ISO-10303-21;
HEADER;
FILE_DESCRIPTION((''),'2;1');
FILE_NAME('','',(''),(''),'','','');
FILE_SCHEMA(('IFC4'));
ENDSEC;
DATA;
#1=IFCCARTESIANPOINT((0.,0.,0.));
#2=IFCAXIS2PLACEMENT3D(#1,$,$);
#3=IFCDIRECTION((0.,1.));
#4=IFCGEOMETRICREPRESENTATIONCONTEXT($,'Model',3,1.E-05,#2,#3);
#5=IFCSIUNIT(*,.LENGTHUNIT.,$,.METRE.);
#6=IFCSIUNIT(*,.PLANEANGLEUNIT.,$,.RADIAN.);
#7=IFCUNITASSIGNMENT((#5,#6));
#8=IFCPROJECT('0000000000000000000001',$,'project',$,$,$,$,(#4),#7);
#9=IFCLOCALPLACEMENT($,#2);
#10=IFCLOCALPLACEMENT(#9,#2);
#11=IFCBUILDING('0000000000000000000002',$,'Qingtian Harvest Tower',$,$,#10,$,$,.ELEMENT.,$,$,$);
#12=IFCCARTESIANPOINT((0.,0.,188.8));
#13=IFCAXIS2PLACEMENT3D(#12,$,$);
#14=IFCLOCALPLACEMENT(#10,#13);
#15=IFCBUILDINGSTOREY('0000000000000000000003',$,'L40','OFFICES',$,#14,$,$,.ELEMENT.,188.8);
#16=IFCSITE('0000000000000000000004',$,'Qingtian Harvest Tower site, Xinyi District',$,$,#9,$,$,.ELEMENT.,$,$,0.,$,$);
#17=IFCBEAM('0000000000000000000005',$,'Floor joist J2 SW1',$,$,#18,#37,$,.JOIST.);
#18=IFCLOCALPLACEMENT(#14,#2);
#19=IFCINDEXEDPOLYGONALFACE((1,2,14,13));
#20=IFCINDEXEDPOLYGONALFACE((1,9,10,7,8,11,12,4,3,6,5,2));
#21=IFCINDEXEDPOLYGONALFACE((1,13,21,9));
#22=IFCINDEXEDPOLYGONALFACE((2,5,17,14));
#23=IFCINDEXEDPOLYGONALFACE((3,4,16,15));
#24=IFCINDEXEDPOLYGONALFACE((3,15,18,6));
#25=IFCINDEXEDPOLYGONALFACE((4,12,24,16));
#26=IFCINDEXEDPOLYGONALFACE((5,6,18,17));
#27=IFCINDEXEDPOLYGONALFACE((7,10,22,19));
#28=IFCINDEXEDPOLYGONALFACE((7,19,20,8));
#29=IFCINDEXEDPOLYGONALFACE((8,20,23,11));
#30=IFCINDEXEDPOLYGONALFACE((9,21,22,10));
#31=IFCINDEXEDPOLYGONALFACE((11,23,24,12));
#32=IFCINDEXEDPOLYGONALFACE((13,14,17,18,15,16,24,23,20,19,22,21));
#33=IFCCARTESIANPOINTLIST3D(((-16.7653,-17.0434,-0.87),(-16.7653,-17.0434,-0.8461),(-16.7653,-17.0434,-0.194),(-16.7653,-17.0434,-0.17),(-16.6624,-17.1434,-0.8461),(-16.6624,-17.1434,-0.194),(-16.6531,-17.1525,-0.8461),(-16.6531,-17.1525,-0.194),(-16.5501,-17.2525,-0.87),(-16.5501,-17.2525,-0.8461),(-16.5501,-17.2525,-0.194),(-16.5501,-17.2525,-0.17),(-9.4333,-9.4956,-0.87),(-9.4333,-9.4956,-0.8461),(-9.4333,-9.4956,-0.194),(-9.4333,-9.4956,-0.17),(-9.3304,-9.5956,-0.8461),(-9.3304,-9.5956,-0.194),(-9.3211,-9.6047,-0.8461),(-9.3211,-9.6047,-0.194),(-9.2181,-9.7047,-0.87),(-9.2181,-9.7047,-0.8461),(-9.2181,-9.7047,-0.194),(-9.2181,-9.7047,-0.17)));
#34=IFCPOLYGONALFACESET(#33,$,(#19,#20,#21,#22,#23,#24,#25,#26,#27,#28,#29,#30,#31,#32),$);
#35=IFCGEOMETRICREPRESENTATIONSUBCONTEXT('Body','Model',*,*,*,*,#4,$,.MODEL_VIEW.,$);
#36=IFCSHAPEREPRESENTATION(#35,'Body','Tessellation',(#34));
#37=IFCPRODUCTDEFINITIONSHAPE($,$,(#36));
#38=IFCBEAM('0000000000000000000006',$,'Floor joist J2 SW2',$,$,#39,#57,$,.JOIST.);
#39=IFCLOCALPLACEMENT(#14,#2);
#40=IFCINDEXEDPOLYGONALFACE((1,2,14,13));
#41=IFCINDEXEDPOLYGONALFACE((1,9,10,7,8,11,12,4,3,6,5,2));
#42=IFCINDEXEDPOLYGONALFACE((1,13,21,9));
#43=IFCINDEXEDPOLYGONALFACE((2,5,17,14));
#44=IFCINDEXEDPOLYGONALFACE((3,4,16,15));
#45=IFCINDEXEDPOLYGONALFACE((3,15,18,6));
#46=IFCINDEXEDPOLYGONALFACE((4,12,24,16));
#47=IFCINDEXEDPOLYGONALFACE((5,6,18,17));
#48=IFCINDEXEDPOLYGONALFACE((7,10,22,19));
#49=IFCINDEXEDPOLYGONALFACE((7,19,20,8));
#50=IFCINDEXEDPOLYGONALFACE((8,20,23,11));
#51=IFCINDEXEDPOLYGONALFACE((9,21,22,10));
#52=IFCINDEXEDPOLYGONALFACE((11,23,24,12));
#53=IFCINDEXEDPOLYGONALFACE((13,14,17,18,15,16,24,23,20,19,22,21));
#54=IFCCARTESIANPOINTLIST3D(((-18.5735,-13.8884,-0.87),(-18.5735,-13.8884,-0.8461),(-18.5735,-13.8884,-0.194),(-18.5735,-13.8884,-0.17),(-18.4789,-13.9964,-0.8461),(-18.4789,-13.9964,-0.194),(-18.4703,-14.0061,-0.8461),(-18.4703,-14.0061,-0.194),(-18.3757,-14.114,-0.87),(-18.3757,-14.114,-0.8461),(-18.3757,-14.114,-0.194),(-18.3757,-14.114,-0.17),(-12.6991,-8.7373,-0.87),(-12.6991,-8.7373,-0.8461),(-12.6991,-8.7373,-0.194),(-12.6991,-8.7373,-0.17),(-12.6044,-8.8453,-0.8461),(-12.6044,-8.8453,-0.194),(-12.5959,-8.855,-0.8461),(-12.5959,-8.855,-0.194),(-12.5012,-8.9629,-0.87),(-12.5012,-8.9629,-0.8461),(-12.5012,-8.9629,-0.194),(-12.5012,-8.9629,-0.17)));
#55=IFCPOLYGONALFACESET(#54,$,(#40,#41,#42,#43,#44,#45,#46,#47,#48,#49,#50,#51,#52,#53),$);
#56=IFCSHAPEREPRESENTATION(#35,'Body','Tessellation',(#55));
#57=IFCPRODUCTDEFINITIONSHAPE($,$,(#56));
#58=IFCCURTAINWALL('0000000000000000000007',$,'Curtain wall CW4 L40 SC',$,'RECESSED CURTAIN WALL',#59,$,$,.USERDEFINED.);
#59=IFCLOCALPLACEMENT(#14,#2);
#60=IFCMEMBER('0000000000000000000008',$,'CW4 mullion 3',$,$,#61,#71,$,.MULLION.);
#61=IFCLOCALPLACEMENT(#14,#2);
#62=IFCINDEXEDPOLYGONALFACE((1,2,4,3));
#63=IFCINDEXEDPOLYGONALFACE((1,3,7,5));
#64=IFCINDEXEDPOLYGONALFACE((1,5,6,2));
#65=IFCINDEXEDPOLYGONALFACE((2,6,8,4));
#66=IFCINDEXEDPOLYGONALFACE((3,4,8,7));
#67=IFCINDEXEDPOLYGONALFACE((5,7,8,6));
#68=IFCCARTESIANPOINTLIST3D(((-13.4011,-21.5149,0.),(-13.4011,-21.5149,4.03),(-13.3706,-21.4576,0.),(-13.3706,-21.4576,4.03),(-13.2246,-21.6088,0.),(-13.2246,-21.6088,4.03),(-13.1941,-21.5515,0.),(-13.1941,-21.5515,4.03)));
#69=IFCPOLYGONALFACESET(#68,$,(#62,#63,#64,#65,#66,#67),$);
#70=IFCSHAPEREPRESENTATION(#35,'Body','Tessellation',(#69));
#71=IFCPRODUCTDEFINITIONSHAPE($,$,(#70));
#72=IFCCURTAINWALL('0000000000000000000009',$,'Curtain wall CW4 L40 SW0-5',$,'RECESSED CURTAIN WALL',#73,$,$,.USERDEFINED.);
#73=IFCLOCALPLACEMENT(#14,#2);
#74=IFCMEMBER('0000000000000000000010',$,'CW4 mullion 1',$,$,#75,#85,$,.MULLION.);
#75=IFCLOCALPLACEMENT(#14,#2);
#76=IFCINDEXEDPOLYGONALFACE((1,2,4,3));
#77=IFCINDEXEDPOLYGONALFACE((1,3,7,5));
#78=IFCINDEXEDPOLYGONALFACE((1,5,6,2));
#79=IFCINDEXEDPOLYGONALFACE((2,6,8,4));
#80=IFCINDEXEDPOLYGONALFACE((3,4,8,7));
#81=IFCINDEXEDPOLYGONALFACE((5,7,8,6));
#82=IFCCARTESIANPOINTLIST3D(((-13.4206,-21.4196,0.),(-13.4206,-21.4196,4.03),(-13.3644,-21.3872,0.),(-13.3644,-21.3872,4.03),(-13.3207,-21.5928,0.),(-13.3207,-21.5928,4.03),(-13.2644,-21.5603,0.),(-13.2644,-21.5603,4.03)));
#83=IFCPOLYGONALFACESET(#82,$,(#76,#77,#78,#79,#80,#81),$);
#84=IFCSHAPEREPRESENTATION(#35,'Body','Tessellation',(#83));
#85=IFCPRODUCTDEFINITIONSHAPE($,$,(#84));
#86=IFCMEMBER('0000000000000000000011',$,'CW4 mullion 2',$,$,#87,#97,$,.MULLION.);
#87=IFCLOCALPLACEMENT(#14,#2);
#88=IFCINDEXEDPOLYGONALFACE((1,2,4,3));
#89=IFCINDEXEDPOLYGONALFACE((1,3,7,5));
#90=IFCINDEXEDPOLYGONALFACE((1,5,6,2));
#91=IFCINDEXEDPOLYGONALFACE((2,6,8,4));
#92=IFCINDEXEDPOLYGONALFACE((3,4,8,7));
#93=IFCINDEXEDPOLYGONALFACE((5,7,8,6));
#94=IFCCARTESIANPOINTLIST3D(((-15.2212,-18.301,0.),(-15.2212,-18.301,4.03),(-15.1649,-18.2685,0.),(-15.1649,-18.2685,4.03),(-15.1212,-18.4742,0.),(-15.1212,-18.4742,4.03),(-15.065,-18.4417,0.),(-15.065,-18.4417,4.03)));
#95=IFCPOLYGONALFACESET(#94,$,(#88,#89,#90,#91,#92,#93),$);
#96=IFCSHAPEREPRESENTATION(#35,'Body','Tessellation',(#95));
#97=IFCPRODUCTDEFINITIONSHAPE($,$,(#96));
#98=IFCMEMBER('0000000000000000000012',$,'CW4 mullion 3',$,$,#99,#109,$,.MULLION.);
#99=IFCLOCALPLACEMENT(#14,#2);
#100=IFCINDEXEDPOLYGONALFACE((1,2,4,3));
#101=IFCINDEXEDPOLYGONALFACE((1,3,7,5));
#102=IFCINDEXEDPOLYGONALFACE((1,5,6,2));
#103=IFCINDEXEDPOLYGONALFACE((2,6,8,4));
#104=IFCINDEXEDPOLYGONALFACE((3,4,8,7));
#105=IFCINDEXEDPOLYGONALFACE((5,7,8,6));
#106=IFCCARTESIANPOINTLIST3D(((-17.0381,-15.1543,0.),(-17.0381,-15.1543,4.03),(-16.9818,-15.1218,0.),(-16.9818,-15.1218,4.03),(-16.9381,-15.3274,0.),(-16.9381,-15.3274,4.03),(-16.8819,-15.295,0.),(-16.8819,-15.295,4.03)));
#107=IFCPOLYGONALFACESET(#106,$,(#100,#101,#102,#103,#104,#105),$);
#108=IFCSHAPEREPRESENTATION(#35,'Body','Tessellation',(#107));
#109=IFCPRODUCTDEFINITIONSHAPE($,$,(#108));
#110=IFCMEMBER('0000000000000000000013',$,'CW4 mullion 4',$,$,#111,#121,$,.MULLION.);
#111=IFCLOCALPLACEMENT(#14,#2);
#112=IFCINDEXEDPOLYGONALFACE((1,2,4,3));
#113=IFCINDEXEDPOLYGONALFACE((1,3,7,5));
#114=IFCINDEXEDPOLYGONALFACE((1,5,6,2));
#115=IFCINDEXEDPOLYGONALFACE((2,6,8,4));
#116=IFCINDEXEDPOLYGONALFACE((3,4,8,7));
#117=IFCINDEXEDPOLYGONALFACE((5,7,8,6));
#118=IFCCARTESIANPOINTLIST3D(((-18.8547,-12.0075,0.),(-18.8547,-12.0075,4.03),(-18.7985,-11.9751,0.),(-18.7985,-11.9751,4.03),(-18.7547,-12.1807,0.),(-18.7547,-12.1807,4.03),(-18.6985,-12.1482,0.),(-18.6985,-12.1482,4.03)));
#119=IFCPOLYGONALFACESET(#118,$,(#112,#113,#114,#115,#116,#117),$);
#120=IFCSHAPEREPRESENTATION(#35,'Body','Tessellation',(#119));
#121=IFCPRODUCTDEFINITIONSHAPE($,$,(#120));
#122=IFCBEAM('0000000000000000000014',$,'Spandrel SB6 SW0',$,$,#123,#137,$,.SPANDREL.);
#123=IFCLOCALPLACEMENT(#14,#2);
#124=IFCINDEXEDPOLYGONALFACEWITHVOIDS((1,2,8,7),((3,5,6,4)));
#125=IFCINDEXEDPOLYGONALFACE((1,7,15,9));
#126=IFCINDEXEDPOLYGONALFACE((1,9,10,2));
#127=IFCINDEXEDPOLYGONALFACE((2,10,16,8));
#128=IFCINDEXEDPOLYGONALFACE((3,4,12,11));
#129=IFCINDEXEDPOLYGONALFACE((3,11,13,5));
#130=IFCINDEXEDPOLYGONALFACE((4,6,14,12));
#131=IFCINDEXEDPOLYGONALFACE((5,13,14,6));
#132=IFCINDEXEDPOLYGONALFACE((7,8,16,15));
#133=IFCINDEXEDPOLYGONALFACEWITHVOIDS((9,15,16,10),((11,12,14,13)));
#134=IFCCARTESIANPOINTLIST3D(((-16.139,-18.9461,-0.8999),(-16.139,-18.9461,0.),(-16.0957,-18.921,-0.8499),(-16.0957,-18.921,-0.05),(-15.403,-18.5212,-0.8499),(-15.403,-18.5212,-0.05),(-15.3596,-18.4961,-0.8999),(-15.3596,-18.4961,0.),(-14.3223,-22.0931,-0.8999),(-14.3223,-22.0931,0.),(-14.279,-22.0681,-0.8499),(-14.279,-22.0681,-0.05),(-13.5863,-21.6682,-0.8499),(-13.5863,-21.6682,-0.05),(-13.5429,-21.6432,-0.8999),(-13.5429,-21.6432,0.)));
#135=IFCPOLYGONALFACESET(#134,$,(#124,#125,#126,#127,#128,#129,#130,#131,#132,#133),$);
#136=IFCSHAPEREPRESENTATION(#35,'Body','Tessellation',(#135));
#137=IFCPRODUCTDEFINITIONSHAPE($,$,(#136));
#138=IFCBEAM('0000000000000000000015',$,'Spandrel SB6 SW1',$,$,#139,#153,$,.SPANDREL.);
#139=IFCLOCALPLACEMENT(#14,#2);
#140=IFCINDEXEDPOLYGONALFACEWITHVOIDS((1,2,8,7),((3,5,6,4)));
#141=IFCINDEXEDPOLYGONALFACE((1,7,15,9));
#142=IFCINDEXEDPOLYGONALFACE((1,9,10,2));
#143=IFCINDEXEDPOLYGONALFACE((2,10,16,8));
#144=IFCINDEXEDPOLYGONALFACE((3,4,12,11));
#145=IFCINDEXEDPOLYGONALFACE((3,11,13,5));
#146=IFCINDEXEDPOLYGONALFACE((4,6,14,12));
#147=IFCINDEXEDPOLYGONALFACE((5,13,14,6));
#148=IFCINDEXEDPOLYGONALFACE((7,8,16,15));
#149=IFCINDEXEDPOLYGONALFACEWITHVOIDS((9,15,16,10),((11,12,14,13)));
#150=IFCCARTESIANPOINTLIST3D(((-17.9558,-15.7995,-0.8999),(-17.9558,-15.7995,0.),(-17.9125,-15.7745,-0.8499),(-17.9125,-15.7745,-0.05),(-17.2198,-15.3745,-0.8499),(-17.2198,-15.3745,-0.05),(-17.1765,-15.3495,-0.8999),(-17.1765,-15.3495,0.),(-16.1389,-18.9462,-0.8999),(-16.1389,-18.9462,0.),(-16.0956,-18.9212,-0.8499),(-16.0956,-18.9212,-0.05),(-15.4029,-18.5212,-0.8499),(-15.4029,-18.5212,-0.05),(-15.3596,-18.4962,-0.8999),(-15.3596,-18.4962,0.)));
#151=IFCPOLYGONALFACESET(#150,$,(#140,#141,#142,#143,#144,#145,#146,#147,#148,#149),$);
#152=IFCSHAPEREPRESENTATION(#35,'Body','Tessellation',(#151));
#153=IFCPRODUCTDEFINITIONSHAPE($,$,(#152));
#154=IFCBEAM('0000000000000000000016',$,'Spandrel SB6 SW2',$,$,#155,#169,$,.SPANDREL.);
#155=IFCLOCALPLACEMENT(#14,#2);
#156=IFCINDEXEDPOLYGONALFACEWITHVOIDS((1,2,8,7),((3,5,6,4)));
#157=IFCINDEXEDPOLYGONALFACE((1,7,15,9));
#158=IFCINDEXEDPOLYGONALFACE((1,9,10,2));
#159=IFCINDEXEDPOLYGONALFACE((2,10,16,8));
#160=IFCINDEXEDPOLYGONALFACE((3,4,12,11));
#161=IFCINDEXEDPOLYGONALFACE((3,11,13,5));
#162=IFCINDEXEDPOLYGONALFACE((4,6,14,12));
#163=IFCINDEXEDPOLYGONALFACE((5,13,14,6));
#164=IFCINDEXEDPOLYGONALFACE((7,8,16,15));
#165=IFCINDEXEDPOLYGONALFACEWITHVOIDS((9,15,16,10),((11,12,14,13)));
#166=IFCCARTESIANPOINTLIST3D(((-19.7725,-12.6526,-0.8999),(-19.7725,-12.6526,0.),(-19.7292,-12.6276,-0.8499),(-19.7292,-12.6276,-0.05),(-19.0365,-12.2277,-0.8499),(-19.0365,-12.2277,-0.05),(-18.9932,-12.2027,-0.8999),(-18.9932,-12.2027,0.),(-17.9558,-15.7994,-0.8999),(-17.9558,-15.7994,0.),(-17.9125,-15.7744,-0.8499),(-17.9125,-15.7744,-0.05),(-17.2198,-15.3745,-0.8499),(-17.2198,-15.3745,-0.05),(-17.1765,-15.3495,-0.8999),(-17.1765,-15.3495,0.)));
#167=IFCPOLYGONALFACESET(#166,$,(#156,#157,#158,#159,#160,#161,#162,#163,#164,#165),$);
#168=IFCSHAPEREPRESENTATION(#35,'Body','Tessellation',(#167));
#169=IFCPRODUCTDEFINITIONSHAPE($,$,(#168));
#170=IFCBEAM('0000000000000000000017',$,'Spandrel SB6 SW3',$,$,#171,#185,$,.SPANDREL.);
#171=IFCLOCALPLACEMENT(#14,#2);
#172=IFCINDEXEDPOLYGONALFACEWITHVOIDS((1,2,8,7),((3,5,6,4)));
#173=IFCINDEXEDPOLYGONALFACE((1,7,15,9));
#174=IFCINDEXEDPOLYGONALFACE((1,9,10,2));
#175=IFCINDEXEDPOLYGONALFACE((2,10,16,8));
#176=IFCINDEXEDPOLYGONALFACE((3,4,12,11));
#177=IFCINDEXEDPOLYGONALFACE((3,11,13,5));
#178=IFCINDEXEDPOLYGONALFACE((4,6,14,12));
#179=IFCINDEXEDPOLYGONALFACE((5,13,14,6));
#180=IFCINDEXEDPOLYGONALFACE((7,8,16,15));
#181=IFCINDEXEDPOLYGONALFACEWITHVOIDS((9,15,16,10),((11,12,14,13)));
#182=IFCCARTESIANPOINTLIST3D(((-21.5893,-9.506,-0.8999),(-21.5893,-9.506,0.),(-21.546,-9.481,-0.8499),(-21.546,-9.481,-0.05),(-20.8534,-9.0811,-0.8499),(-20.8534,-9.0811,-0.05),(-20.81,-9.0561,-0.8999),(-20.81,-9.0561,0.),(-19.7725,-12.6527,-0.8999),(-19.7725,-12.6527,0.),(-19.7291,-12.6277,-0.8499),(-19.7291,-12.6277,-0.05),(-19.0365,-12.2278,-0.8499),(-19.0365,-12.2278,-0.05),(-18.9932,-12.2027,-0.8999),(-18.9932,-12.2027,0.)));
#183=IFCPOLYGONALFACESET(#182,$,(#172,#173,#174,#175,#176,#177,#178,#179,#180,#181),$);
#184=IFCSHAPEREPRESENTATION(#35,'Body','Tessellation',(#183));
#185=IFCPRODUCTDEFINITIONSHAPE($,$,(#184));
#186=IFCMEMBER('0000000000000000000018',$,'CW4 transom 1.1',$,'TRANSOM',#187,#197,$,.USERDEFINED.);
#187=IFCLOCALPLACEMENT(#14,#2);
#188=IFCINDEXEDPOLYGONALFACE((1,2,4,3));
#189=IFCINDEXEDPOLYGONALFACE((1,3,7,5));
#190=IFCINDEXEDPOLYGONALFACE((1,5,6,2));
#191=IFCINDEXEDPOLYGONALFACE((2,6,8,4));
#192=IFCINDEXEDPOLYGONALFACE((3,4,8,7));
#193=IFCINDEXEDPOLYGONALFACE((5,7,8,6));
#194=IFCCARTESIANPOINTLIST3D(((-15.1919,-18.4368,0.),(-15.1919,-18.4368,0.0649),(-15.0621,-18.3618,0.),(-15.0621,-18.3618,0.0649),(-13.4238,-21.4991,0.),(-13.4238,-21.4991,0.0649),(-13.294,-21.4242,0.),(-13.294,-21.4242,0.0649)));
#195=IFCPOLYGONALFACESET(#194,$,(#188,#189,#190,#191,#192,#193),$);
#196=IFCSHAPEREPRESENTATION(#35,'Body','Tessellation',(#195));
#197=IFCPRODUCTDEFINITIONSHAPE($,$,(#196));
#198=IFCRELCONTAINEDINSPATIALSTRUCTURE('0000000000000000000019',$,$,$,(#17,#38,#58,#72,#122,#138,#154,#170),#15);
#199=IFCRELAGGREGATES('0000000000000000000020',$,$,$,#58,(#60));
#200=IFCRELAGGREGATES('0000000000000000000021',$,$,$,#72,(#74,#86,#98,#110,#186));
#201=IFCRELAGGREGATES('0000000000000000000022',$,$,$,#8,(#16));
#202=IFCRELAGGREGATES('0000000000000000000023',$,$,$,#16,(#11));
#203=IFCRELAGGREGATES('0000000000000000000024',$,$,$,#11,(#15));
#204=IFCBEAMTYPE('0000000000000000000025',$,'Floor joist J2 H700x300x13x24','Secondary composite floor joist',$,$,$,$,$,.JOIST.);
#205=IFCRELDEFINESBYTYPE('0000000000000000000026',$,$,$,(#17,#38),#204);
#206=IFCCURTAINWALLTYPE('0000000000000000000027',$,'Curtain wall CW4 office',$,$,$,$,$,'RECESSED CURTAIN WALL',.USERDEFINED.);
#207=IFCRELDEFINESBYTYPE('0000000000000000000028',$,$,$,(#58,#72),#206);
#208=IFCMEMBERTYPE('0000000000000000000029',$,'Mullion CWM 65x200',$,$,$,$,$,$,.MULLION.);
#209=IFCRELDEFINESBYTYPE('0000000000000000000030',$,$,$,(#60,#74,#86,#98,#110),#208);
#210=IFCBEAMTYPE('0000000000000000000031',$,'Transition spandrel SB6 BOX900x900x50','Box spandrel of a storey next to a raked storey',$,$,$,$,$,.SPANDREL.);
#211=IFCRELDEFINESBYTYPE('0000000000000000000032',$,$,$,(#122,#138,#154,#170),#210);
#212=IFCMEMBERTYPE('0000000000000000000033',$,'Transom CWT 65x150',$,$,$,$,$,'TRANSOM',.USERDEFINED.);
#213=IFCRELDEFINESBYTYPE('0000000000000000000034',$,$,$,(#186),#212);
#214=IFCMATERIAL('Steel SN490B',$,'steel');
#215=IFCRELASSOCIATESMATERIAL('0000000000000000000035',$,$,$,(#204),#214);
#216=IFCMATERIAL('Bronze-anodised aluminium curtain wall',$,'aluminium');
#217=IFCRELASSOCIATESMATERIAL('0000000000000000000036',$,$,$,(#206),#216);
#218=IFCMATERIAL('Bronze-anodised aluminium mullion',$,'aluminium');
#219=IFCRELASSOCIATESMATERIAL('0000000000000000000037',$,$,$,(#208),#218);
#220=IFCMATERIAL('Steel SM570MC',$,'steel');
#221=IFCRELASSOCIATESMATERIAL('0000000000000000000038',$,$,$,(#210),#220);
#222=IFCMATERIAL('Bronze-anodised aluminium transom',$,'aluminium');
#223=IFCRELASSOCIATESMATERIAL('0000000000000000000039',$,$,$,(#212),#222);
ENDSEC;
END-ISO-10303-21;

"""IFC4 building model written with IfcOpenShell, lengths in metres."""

from ifc_helpers import new_model, si_unit, direction, frame, origin, origin_2d, place, context, subcontext, project, spatial, rectangle, hollow_rectangle, i_section, extrude, material, material_profile, profile_set, type_object, element, aggregate, save


model = new_model("IFC4")

# Units and contexts
model_context = context("Model", 3, precision=1e-05, world=origin(), true_north=direction((0.0, 1.0)))
body_context = subcontext(model_context, "Body", "Model", "MODEL_VIEW")
ifc_project = project(units=[si_unit("LENGTHUNIT", "METRE"), si_unit("PLANEANGLEUNIT", "RADIAN")], contexts=[model_context])

# Site, building, storey
site_placement = place(None, origin())
site = spatial("IfcSite", under=ifc_project, at=site_placement, Name="Qingtian Harvest Tower site, Xinyi District", CompositionType="ELEMENT", RefElevation=0.0)
building_placement = place(site_placement, origin())
building = spatial("IfcBuilding", under=site, at=building_placement, Name="Qingtian Harvest Tower", CompositionType="ELEMENT")
storey_placement = place(building_placement, frame((0.0, 0.0, 188.8)))
storey = spatial("IfcBuildingStorey", under=building, at=storey_placement, Name="L40", Description="OFFICES", CompositionType="ELEMENT", Elevation=188.8)

# Beams
ifc_material_1 = material(Name="Steel SN490B", Category="steel")
ifc_material_profile_1 = material_profile(ifc_material_1, i_section(OverallWidth=0.3, OverallDepth=0.7, WebThickness=0.0129, FlangeThickness=0.0239, at=origin_2d()), Name="H700x300x13x24")
ifc_profile_set_1 = profile_set([ifc_material_profile_1], Name="Steel SN490B")
beam_type_1 = type_object("IfcBeamType", Name="Floor joist J2 H700x300x13x24", Description="Secondary composite floor joist", PredefinedType="JOIST", material=ifc_profile_set_1)
beam_1_placement = place(storey_placement, frame((-16.6577, -17.1479, -0.52), z_axis=(0.696777, 0.717287, 0.0), x_axis=(-0.717287, 0.696777, 0.0)))
element("IfcBeam", 1, at=beam_1_placement, inside=storey, type_object=beam_type_1, Name="Floor joist J2 SW1", PredefinedType="JOIST", context=body_context, shape_type="SweptSolid", body=[
    extrude(i_section(OverallWidth=0.3, OverallDepth=0.7, WebThickness=0.0129, FlangeThickness=0.0239, at=origin_2d()), origin(), (0.0, 0.0, 1.0), 10.5227),
])
beam_2_placement = place(storey_placement, frame((-18.4746, -14.0012, -0.52), z_axis=(0.751883, 0.659296, 0.0), x_axis=(-0.659296, 0.751883, 0.0)))
element("IfcBeam", 2, at=beam_2_placement, inside=storey, type_object=beam_type_1, Name="Floor joist J2 SW2", PredefinedType="JOIST", context=body_context, shape_type="SweptSolid", body=[
    extrude(i_section(OverallWidth=0.3, OverallDepth=0.7, WebThickness=0.0129, FlangeThickness=0.0239, at=origin_2d()), origin(), (0.0, 0.0, 1.0), 7.813),
])

# Curtain wall, member
ifc_material_2 = material(Name="Bronze-anodised aluminium curtain wall", Category="aluminium")
curtain_wall_type = type_object("IfcCurtainWallType", Name="Curtain wall CW4 office", ElementType="RECESSED CURTAIN WALL", PredefinedType="USERDEFINED", material=ifc_material_2)
curtain_wall_1_placement = place(storey_placement, origin())
curtain_wall_1 = element("IfcCurtainWall", 3, at=curtain_wall_1_placement, inside=storey, type_object=curtain_wall_type, Name="Curtain wall CW4 L40 SC", ObjectType="RECESSED CURTAIN WALL", PredefinedType="USERDEFINED")
ifc_material_3 = material(Name="Bronze-anodised aluminium mullion", Category="aluminium")
ifc_material_profile_2 = material_profile(ifc_material_3, rectangle(XDim=0.0649, YDim=0.2, at=origin_2d()), Name="AL 65x200")
ifc_profile_set_2 = profile_set([ifc_material_profile_2], Name="Bronze-anodised aluminium mullion")
member_type_1 = type_object("IfcMemberType", Name="Mullion CWM 65x200", PredefinedType="MULLION", material=ifc_profile_set_2)
member_1_placement = place(storey_placement, frame((-13.2976, -21.5332, 0.0), z_axis=(0.0, 0.0, 1.0), x_axis=(-0.469472, -0.882948, 0.0)))
member_1 = element("IfcMember", 4, at=member_1_placement, type_object=member_type_1, Name="CW4 mullion 3", PredefinedType="MULLION", context=body_context, shape_type="SweptSolid", body=[
    extrude(rectangle(XDim=0.0649, YDim=0.2, at=origin_2d()), origin(), (0.0, 0.0, 1.0), 4.03),
])

# Curtain wall, members
curtain_wall_2_placement = place(storey_placement, origin())
curtain_wall_2 = element("IfcCurtainWall", 5, at=curtain_wall_2_placement, inside=storey, type_object=curtain_wall_type, Name="Curtain wall CW4 L40 SW0-5", ObjectType="RECESSED CURTAIN WALL", PredefinedType="USERDEFINED")
member_2_placement = place(storey_placement, frame((-13.3425, -21.49, 0.0), z_axis=(0.0, 0.0, 1.0), x_axis=(-0.866025, -0.5, 0.0)))
member_2 = element("IfcMember", 6, at=member_2_placement, type_object=member_type_1, Name="CW4 mullion 1", PredefinedType="MULLION", context=body_context, shape_type="SweptSolid", body=[
    extrude(rectangle(XDim=0.0649, YDim=0.2, at=origin_2d()), origin(), (0.0, 0.0, 1.0), 4.03),
])
member_3_placement = place(storey_placement, frame((-15.1431, -18.3713, 0.0), z_axis=(0.0, 0.0, 1.0), x_axis=(-0.866025, -0.5, 0.0)))
member_3 = element("IfcMember", 7, at=member_3_placement, type_object=member_type_1, Name="CW4 mullion 2", PredefinedType="MULLION", context=body_context, shape_type="SweptSolid", body=[
    extrude(rectangle(XDim=0.0649, YDim=0.2, at=origin_2d()), origin(), (0.0, 0.0, 1.0), 4.03),
])
member_4_placement = place(storey_placement, frame((-16.96, -15.2246, 0.0), z_axis=(0.0, 0.0, 1.0), x_axis=(-0.866025, -0.5, 0.0)))
member_4 = element("IfcMember", 8, at=member_4_placement, type_object=member_type_1, Name="CW4 mullion 3", PredefinedType="MULLION", context=body_context, shape_type="SweptSolid", body=[
    extrude(rectangle(XDim=0.0649, YDim=0.2, at=origin_2d()), origin(), (0.0, 0.0, 1.0), 4.03),
])
member_5_placement = place(storey_placement, frame((-18.7766, -12.0779, 0.0), z_axis=(0.0, 0.0, 1.0), x_axis=(-0.866025, -0.5, 0.0)))
member_5 = element("IfcMember", 9, at=member_5_placement, type_object=member_type_1, Name="CW4 mullion 4", PredefinedType="MULLION", context=body_context, shape_type="SweptSolid", body=[
    extrude(rectangle(XDim=0.0649, YDim=0.2, at=origin_2d()), origin(), (0.0, 0.0, 1.0), 4.03),
])

# Beams
ifc_material_4 = material(Name="Steel SM570MC", Category="steel")
ifc_material_profile_3 = material_profile(ifc_material_4, hollow_rectangle(XDim=0.8999, YDim=0.8999, WallThickness=0.05, at=origin_2d()), Name="BOX900x900x50")
ifc_profile_set_3 = profile_set([ifc_material_profile_3], Name="Steel SM570MC")
beam_type_2 = type_object("IfcBeamType", Name="Transition spandrel SB6 BOX900x900x50", Description="Box spandrel of a storey next to a raked storey", PredefinedType="SPANDREL", material=ifc_profile_set_3)
beam_3_placement = place(storey_placement, frame((-13.9326, -21.8682, -0.45), z_axis=(-0.499947, 0.866056, 0.0), x_axis=(-0.866056, -0.499947, 0.0)))
element("IfcBeam", 10, at=beam_3_placement, inside=storey, type_object=beam_type_2, Name="Spandrel SB6 SW0", PredefinedType="SPANDREL", context=body_context, shape_type="SweptSolid", body=[
    extrude(hollow_rectangle(XDim=0.8999, YDim=0.8999, WallThickness=0.05, at=origin_2d()), origin(), (0.0, 0.0, 1.0), 3.6338),
])
for number, where, z_axis, x_axis, name in (
    (11, (-15.7493, -18.7212, -0.45), (-0.500027, 0.86601, 0.0), (-0.86601, -0.500027, 0.0), "Spandrel SB6 SW1"),
    (12, (-17.5662, -15.5745, -0.45), (-0.499976, 0.866039, 0.0), (-0.866039, -0.499976, 0.0), "Spandrel SB6 SW2"),
    (13, (-19.3828, -12.4277, -0.45), (-0.500027, 0.86601, 0.0), (-0.86601, -0.500027, 0.0), "Spandrel SB6 SW3"),
):
    element("IfcBeam", number, at=place(storey_placement, frame(where, z_axis=z_axis, x_axis=x_axis)), inside=storey, type_object=beam_type_2, Name=name, PredefinedType="SPANDREL", context=body_context, shape_type="SweptSolid", body=[
        extrude(hollow_rectangle(XDim=0.8999, YDim=0.8999, WallThickness=0.05, at=origin_2d()), origin(), (0.0, 0.0, 1.0), 3.6335),
    ])

# Member
ifc_material_5 = material(Name="Bronze-anodised aluminium transom", Category="aluminium")
ifc_material_profile_4 = material_profile(ifc_material_5, rectangle(XDim=0.1499, YDim=0.0649, at=origin_2d()), Name="AL 65x150")
ifc_profile_set_4 = profile_set([ifc_material_profile_4], Name="Bronze-anodised aluminium transom")
member_type_2 = type_object("IfcMemberType", Name="Transom CWT 65x150", ElementType="TRANSOM", PredefinedType="USERDEFINED", material=ifc_profile_set_4)
member_6_placement = place(storey_placement, frame((-13.3589, -21.4617, 0.0325), z_axis=(-0.500015, 0.866017, 0.0), x_axis=(-0.866017, -0.500015, 0.0)))
member_6 = element("IfcMember", 14, at=member_6_placement, type_object=member_type_2, Name="CW4 transom 1.1", ObjectType="TRANSOM", PredefinedType="USERDEFINED", context=body_context, shape_type="SweptSolid", body=[
    extrude(rectangle(XDim=0.1499, YDim=0.0649, at=origin_2d()), origin(), (0.0, 0.0, 1.0), 3.5361),
])

aggregate(curtain_wall_1, [member_1])
aggregate(curtain_wall_2, [member_2, member_3, member_4, member_5, member_6])

save(model, "model.ifc")
